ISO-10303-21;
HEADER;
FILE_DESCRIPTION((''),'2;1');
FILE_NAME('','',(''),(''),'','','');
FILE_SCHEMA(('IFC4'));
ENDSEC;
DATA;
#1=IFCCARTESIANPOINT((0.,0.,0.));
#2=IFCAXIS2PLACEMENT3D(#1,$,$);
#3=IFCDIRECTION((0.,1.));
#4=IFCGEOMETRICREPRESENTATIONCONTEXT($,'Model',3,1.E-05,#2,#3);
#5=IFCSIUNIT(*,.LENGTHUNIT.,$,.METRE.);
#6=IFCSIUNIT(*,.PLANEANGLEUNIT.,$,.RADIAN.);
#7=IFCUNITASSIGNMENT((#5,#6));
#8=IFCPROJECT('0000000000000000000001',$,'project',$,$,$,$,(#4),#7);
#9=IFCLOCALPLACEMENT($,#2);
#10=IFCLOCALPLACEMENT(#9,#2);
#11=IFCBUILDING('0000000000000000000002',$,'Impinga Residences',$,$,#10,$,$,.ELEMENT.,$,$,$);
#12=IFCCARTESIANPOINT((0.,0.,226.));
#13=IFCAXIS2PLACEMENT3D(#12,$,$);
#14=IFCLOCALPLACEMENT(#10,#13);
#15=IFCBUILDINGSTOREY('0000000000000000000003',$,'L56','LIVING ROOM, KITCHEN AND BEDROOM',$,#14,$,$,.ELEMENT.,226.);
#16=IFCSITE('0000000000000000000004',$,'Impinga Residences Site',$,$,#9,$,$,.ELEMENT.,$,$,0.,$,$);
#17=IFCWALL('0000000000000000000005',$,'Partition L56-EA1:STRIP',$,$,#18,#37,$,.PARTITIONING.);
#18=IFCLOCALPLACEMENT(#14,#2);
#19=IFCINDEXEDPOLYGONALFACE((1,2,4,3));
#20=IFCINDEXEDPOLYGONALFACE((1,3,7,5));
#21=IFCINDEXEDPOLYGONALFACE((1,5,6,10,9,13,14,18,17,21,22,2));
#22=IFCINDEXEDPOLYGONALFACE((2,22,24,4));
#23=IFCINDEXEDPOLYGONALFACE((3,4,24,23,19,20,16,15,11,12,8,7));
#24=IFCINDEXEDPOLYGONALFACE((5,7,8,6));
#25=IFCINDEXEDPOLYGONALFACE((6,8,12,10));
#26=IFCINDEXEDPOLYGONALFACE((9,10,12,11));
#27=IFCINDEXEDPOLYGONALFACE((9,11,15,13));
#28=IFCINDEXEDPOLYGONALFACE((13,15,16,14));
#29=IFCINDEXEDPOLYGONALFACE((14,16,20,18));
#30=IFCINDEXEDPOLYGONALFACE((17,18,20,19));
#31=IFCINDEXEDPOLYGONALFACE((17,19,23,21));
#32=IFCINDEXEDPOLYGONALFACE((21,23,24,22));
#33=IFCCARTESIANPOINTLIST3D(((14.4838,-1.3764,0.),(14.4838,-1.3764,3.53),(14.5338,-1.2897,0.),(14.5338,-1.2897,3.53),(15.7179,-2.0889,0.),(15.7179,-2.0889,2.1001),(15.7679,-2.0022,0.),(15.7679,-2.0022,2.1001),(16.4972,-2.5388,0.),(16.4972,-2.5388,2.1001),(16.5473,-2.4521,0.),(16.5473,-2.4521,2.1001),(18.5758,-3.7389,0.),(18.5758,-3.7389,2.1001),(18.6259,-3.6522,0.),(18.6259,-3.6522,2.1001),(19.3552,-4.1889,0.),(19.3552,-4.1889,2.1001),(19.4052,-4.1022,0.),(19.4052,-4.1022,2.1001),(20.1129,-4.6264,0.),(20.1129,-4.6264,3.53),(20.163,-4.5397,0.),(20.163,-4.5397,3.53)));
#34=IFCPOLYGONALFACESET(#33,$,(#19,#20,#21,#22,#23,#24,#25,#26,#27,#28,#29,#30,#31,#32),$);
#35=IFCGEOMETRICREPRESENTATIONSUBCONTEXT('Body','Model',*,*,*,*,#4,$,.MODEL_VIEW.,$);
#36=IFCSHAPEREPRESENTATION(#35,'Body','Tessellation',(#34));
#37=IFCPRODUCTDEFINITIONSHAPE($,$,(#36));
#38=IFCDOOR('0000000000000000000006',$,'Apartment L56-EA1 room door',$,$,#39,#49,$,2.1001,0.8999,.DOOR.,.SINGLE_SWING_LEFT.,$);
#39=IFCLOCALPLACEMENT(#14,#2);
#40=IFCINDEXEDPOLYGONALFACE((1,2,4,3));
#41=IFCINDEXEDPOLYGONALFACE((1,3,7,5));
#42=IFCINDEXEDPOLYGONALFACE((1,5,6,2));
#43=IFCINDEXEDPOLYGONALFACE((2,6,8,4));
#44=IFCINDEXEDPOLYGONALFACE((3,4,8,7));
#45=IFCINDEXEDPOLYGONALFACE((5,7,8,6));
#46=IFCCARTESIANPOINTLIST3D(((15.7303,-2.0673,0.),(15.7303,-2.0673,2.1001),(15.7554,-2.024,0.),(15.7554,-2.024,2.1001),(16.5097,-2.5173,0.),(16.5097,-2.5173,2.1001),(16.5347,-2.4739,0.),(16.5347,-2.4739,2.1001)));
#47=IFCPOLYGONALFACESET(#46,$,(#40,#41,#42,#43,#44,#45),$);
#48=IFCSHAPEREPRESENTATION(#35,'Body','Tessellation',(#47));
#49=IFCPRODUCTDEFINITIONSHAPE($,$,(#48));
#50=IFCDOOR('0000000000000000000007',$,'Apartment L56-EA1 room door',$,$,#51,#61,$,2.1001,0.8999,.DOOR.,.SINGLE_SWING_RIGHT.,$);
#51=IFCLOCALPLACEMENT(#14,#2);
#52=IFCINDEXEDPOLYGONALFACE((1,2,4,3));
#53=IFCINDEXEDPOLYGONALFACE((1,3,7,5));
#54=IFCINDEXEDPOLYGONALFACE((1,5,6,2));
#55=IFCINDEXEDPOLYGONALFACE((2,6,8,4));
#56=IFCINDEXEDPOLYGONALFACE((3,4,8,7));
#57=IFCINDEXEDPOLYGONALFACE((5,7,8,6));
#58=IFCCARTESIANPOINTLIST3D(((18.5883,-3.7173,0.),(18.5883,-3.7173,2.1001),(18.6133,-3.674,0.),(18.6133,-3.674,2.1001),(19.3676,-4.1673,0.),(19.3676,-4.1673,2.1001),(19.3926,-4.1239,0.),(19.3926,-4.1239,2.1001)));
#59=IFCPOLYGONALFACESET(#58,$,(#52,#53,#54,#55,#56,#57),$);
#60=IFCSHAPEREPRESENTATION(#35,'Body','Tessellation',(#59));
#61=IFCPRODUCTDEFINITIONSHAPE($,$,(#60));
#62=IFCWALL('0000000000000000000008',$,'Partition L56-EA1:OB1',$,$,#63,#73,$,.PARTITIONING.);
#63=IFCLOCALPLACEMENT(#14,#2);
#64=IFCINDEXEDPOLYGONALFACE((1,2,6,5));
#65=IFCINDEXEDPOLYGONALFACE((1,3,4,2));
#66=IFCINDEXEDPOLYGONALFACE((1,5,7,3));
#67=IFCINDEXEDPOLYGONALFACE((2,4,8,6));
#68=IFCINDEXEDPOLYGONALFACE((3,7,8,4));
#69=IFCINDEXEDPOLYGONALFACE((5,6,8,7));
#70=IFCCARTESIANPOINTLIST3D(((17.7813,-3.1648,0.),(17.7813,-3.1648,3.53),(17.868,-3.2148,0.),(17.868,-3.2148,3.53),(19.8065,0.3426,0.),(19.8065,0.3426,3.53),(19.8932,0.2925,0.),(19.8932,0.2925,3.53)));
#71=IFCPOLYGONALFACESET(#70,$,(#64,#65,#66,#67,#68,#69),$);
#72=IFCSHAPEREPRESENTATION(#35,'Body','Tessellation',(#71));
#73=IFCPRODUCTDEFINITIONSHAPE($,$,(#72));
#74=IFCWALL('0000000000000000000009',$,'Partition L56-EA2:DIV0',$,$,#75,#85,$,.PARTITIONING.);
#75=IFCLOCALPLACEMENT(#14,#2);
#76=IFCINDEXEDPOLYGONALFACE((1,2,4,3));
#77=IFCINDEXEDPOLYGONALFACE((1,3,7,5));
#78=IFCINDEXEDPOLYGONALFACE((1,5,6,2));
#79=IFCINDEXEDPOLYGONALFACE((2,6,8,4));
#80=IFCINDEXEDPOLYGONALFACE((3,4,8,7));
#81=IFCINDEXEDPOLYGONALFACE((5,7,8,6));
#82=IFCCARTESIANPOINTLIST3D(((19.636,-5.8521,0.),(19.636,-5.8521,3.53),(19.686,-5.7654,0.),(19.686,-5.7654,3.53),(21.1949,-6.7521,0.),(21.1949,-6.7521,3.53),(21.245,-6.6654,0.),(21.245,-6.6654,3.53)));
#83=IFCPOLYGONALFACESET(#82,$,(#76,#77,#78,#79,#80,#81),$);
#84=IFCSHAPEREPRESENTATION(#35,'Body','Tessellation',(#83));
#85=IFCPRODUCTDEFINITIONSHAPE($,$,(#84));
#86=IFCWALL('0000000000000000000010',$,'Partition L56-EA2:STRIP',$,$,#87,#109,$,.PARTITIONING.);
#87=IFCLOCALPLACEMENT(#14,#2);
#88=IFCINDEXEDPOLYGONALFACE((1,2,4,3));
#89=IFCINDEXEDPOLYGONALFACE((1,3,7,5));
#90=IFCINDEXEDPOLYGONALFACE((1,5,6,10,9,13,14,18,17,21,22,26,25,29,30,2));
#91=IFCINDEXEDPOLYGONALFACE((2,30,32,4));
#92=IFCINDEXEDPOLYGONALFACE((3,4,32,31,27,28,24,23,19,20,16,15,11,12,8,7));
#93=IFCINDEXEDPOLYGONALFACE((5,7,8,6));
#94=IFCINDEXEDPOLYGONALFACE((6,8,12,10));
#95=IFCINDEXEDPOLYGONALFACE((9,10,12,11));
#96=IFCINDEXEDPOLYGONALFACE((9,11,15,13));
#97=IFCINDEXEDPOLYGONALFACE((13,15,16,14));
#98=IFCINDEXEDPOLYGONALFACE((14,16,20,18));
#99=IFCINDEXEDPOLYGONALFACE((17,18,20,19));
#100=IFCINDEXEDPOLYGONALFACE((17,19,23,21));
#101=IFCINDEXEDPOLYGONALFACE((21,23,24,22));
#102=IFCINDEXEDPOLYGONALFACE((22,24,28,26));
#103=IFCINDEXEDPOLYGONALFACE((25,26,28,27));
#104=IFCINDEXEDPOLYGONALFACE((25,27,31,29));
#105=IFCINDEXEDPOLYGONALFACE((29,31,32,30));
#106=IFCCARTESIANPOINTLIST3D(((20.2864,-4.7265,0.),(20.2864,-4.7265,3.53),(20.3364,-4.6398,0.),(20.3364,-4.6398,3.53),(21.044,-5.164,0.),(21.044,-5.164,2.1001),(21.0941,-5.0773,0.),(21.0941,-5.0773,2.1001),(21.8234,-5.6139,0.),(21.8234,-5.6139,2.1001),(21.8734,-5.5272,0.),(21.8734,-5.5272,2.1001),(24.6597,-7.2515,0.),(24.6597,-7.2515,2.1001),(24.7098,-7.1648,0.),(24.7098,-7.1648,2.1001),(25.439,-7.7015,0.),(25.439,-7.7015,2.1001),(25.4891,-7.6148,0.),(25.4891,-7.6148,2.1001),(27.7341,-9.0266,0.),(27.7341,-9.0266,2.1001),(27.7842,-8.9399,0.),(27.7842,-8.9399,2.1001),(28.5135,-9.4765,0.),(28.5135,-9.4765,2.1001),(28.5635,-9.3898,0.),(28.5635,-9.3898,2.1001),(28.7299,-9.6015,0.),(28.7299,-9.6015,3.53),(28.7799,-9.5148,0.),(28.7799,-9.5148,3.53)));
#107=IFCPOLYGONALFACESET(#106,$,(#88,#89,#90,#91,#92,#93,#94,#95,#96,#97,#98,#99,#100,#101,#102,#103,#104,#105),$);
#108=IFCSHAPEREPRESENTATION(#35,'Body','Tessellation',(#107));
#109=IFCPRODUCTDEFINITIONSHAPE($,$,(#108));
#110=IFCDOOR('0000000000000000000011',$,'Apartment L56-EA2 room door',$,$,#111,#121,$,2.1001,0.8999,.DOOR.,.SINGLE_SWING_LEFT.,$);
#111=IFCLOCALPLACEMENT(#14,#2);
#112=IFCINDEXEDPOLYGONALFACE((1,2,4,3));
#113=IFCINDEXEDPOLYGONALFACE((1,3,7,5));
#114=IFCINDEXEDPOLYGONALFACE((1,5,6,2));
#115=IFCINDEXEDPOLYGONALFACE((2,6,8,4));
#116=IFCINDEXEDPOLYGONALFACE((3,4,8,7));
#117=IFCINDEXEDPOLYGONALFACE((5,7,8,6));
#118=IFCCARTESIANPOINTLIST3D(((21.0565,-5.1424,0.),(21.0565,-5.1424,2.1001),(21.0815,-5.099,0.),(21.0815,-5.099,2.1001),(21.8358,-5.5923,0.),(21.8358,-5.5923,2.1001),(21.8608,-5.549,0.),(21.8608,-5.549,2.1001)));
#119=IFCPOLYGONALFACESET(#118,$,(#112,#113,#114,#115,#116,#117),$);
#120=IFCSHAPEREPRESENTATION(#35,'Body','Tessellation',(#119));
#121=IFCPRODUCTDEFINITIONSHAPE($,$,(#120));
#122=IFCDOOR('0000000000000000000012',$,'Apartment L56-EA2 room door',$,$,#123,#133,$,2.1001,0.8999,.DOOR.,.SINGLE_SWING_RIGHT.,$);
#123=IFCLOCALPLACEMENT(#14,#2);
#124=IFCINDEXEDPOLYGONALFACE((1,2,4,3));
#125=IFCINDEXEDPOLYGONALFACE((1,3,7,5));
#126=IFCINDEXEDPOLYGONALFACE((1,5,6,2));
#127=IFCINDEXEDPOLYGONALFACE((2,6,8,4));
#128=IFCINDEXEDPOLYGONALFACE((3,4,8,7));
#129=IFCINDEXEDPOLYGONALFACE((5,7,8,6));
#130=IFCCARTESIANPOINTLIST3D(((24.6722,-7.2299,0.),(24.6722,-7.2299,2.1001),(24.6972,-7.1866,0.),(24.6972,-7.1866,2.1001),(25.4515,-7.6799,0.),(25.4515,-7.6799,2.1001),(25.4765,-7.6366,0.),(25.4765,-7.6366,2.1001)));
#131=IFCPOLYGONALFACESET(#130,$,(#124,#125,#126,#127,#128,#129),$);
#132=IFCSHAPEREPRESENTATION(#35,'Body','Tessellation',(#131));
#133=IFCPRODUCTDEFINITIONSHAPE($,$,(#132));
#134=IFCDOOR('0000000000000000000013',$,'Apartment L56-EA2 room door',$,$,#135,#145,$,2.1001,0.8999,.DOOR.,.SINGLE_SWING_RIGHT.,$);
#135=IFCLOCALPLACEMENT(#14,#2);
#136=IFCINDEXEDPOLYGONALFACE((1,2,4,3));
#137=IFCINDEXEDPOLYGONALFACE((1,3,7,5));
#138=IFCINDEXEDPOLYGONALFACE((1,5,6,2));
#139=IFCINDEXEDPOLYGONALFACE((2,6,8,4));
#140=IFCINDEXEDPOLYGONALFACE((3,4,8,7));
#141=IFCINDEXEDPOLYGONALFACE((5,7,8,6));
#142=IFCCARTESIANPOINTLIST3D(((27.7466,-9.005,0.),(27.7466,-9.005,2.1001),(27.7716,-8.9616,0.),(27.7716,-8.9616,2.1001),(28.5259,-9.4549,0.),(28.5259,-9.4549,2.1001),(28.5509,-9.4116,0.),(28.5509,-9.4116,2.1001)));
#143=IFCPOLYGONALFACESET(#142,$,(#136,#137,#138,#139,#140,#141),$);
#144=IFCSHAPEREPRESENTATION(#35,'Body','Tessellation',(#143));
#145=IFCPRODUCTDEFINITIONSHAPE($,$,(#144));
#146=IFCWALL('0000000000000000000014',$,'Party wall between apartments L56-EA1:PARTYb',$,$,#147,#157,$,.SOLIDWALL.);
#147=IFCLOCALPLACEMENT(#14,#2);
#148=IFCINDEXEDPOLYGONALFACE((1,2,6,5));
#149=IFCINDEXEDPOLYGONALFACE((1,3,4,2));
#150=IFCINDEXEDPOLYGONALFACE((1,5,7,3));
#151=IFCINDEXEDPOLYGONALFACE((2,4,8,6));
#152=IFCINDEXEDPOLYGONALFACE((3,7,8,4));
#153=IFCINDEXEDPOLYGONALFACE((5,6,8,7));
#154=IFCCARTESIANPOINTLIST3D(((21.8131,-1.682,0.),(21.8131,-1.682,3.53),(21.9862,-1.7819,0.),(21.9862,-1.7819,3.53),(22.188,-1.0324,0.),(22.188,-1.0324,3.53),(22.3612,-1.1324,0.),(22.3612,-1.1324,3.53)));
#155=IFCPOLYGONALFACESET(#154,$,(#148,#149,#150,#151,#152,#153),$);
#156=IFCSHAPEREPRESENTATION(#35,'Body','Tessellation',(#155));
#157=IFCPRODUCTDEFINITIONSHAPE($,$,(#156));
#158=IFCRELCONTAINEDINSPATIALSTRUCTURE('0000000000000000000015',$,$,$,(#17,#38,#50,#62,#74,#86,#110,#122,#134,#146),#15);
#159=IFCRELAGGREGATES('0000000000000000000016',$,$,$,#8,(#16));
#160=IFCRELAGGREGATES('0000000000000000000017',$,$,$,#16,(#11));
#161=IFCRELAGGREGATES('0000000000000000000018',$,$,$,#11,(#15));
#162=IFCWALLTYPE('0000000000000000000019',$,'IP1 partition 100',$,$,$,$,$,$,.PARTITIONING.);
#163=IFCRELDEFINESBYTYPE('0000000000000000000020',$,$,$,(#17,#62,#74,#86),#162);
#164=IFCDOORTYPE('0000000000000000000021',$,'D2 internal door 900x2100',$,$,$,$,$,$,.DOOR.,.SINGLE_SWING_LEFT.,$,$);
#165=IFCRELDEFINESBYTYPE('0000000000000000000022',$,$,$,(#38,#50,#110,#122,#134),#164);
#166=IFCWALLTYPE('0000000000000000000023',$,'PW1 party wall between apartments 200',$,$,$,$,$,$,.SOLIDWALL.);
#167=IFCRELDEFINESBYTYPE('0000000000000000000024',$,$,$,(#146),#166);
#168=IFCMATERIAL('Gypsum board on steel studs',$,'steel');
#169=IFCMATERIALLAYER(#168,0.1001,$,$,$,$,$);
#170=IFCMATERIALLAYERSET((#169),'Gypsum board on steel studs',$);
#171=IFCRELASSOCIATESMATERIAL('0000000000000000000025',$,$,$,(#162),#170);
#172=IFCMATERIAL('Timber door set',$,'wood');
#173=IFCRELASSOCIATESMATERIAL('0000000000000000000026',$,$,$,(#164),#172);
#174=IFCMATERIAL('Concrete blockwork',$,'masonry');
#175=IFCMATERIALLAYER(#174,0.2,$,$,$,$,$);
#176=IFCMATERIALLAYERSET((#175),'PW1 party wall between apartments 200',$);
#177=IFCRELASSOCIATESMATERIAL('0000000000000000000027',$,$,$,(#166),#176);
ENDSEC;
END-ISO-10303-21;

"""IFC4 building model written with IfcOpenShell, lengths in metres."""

from ifc_helpers import new_model, si_unit, direction, frame, frame_2d, origin, place, context, subcontext, project, spatial, rectangle, extrude, material, layer, layer_set, type_object, element, fill, save


model = new_model("IFC4")

# Units and contexts
model_context = context("Model", 3, precision=1e-05, world=origin(), true_north=direction((0.0, 1.0)))
body_context = subcontext(model_context, "Body", "Model", "MODEL_VIEW")
ifc_project = project(units=[si_unit("LENGTHUNIT", "METRE"), si_unit("PLANEANGLEUNIT", "RADIAN")], contexts=[model_context])

# Site, building, storey
site_placement = place(None, origin())
site = spatial("IfcSite", under=ifc_project, at=site_placement, Name="Impinga Residences Site", CompositionType="ELEMENT", RefElevation=0.0)
building_placement = place(site_placement, origin())
building = spatial("IfcBuilding", under=site, at=building_placement, Name="Impinga Residences", CompositionType="ELEMENT")
storey_placement = place(building_placement, frame((0.0, 0.0, 226.0)))
storey = spatial("IfcBuildingStorey", under=building, at=storey_placement, Name="L56", Description="LIVING ROOM, KITCHEN AND BEDROOM", CompositionType="ELEMENT", Elevation=226.0)

# Shared definitions
ifc_material_1 = material(Name="Gypsum board on steel studs", Category="steel")
ifc_layer_1 = layer(ifc_material_1, 0.1001)
ifc_layer_set_1 = layer_set([ifc_layer_1], Name="Gypsum board on steel studs")
wall_type_1 = type_object("IfcWallType", Name="IP1 partition 100", PredefinedType="PARTITIONING", material=ifc_layer_set_1)

# Wall, openings, doors
wall_1_placement = place(storey_placement, frame((14.5088, -1.333, 0.0), z_axis=(0.0, 0.0, 1.0), x_axis=(0.866025, -0.500001, 0.0)))
wall_1 = element("IfcWall", 1, at=wall_1_placement, inside=storey, type_object=wall_type_1, Name="Partition L56-EA1:STRIP", PredefinedType="PARTITIONING", context=body_context, shape_type="SweptSolid", body=[
    extrude(rectangle(XDim=6.5, YDim=0.1001, at=frame_2d((3.25, 0.0))), origin(), (0.0, 0.0, 1.0), 3.53),
])
opening_1_placement = place(wall_1_placement, frame((1.425, 0.0, 0.0)))
opening_1 = element("IfcOpeningElement", 2, at=opening_1_placement, cuts=wall_1, PredefinedType="OPENING", context=body_context, shape_type="SweptSolid", body=[
    extrude(rectangle(XDim=0.8999, YDim=2.1001, at=frame_2d((0.45, 1.05))), frame((0.0, 0.0601, 0.0), z_axis=(0.0, -1.0, 0.0), x_axis=(1.0, 0.0, 0.0)), (0.0, 0.0, 1.0), 0.1201),
])
opening_2_placement = place(wall_1_placement, frame((4.7251, 0.0, 0.0)))
opening_2 = element("IfcOpeningElement", 3, at=opening_2_placement, cuts=wall_1, PredefinedType="OPENING", context=body_context, shape_type="SweptSolid", body=[
    extrude(rectangle(XDim=0.8999, YDim=2.1001, at=frame_2d((0.45, 1.05))), frame((0.0, 0.0601, 0.0), z_axis=(0.0, -1.0, 0.0), x_axis=(1.0, 0.0, 0.0)), (0.0, 0.0, 1.0), 0.1201),
])
ifc_material_2 = material(Name="Timber door set", Category="wood")
door_type = type_object("IfcDoorType", Name="D2 internal door 900x2100", OperationType="SINGLE_SWING_LEFT", PredefinedType="DOOR", material=ifc_material_2)
door_1_placement = place(opening_1_placement, origin())
door_1 = element("IfcDoor", 4, at=door_1_placement, inside=storey, type_object=door_type, Name="Apartment L56-EA1 room door", OperationType="SINGLE_SWING_LEFT", OverallHeight=2.1001, OverallWidth=0.8999, PredefinedType="DOOR", context=body_context, shape_type="SweptSolid", body=[
    extrude(rectangle(XDim=0.8999, YDim=2.1001, at=frame_2d((0.45, 1.05))), frame((0.0, 0.0249, 0.0), z_axis=(0.0, -1.0, 0.0), x_axis=(1.0, 0.0, 0.0)), (0.0, 0.0, 1.0), 0.05),
])
fill(opening_1, door_1)
door_2_placement = place(opening_2_placement, origin())
door_2 = element("IfcDoor", 5, at=door_2_placement, inside=storey, type_object=door_type, Name="Apartment L56-EA1 room door", OperationType="SINGLE_SWING_RIGHT", OverallHeight=2.1001, OverallWidth=0.8999, PredefinedType="DOOR", context=body_context, shape_type="SweptSolid", body=[
    extrude(rectangle(XDim=0.8999, YDim=2.1001, at=frame_2d((0.45, 1.05))), frame((0.0, 0.0249, 0.0), z_axis=(0.0, -1.0, 0.0), x_axis=(1.0, 0.0, 0.0)), (0.0, 0.0, 1.0), 0.05),
])
fill(opening_2, door_2)

# Walls
wall_2_placement = place(storey_placement, frame((17.8247, -3.1897, 0.0), z_axis=(0.0, 0.0, 1.0), x_axis=(0.500036, 0.866005, 0.0)))
element("IfcWall", 6, at=wall_2_placement, inside=storey, type_object=wall_type_1, Name="Partition L56-EA1:OB1", PredefinedType="PARTITIONING", context=body_context, shape_type="SweptSolid", body=[
    extrude(rectangle(XDim=4.05, YDim=0.1001, at=frame_2d((2.0249, 0.0))), origin(), (0.0, 0.0, 1.0), 3.53),
])
wall_3_placement = place(storey_placement, frame((19.6611, -5.8088, 0.0), z_axis=(0.0, 0.0, 1.0), x_axis=(0.866048, -0.499961, 0.0)))
element("IfcWall", 7, at=wall_3_placement, inside=storey, type_object=wall_type_1, Name="Partition L56-EA2:DIV0", PredefinedType="PARTITIONING", context=body_context, shape_type="SweptSolid", body=[
    extrude(rectangle(XDim=1.8, YDim=0.1001, at=frame_2d((0.8999, 0.0))), origin(), (0.0, 0.0, 1.0), 3.53),
])

# Wall, openings, doors
wall_4_placement = place(storey_placement, frame((20.3113, -4.6831, 0.0), z_axis=(0.0, 0.0, 1.0), x_axis=(0.866022, -0.500006, 0.0)))
wall_4 = element("IfcWall", 8, at=wall_4_placement, inside=storey, type_object=wall_type_1, Name="Partition L56-EA2:STRIP", PredefinedType="PARTITIONING", context=body_context, shape_type="SweptSolid", body=[
    extrude(rectangle(XDim=9.7498, YDim=0.1001, at=frame_2d((4.875, 0.0))), origin(), (0.0, 0.0, 1.0), 3.53),
])
opening_3_placement = place(wall_4_placement, frame((0.875, 0.0, 0.0)))
opening_3 = element("IfcOpeningElement", 9, at=opening_3_placement, cuts=wall_4, PredefinedType="OPENING", context=body_context, shape_type="SweptSolid", body=[
    extrude(rectangle(XDim=0.8999, YDim=2.1001, at=frame_2d((0.45, 1.05))), frame((0.0, 0.0601, 0.0), z_axis=(0.0, -1.0, 0.0), x_axis=(1.0, 0.0, 0.0)), (0.0, 0.0, 1.0), 0.1201),
])
opening_4_placement = place(wall_4_placement, frame((5.05, 0.0, 0.0)))
opening_4 = element("IfcOpeningElement", 10, at=opening_4_placement, cuts=wall_4, PredefinedType="OPENING", context=body_context, shape_type="SweptSolid", body=[
    extrude(rectangle(XDim=0.8999, YDim=2.1001, at=frame_2d((0.45, 1.05))), frame((0.0, 0.0601, 0.0), z_axis=(0.0, -1.0, 0.0), x_axis=(1.0, 0.0, 0.0)), (0.0, 0.0, 1.0), 0.1201),
])
opening_5_placement = place(wall_4_placement, frame((8.6001, 0.0, 0.0)))
opening_5 = element("IfcOpeningElement", 11, at=opening_5_placement, cuts=wall_4, PredefinedType="OPENING", context=body_context, shape_type="SweptSolid", body=[
    extrude(rectangle(XDim=0.8999, YDim=2.1001, at=frame_2d((0.45, 1.05))), frame((0.0, 0.0601, 0.0), z_axis=(0.0, -1.0, 0.0), x_axis=(1.0, 0.0, 0.0)), (0.0, 0.0, 1.0), 0.1201),
])
door_3_placement = place(opening_3_placement, origin())
door_3 = element("IfcDoor", 12, at=door_3_placement, inside=storey, type_object=door_type, Name="Apartment L56-EA2 room door", OperationType="SINGLE_SWING_LEFT", OverallHeight=2.1001, OverallWidth=0.8999, PredefinedType="DOOR", context=body_context, shape_type="SweptSolid", body=[
    extrude(rectangle(XDim=0.8999, YDim=2.1001, at=frame_2d((0.45, 1.05))), frame((0.0, 0.0249, 0.0), z_axis=(0.0, -1.0, 0.0), x_axis=(1.0, 0.0, 0.0)), (0.0, 0.0, 1.0), 0.05),
])
fill(opening_3, door_3)
door_4_placement = place(opening_4_placement, origin())
door_4 = element("IfcDoor", 13, at=door_4_placement, inside=storey, type_object=door_type, Name="Apartment L56-EA2 room door", OperationType="SINGLE_SWING_RIGHT", OverallHeight=2.1001, OverallWidth=0.8999, PredefinedType="DOOR", context=body_context, shape_type="SweptSolid", body=[
    extrude(rectangle(XDim=0.8999, YDim=2.1001, at=frame_2d((0.45, 1.05))), frame((0.0, 0.0249, 0.0), z_axis=(0.0, -1.0, 0.0), x_axis=(1.0, 0.0, 0.0)), (0.0, 0.0, 1.0), 0.05),
])
fill(opening_4, door_4)
door_5_placement = place(opening_5_placement, origin())
door_5 = element("IfcDoor", 14, at=door_5_placement, inside=storey, type_object=door_type, Name="Apartment L56-EA2 room door", OperationType="SINGLE_SWING_RIGHT", OverallHeight=2.1001, OverallWidth=0.8999, PredefinedType="DOOR", context=body_context, shape_type="SweptSolid", body=[
    extrude(rectangle(XDim=0.8999, YDim=2.1001, at=frame_2d((0.45, 1.05))), frame((0.0, 0.0249, 0.0), z_axis=(0.0, -1.0, 0.0), x_axis=(1.0, 0.0, 0.0)), (0.0, 0.0, 1.0), 0.05),
])
fill(opening_5, door_5)

# Wall
ifc_material_3 = material(Name="Concrete blockwork", Category="masonry")
ifc_layer_2 = layer(ifc_material_3, 0.2)
ifc_layer_set_2 = layer_set([ifc_layer_2], Name="PW1 party wall between apartments 200")
wall_type_2 = type_object("IfcWallType", Name="PW1 party wall between apartments 200", PredefinedType="SOLIDWALL", material=ifc_layer_set_2)
wall_5_placement = place(storey_placement, frame((21.8997, -1.7319, 0.0), z_axis=(0.0, 0.0, 1.0), x_axis=(0.49992, 0.866072, 0.0)))
element("IfcWall", 15, at=wall_5_placement, inside=storey, type_object=wall_type_2, Name="Party wall between apartments L56-EA1:PARTYb", PredefinedType="SOLIDWALL", context=body_context, shape_type="SweptSolid", body=[
    extrude(rectangle(XDim=0.75, YDim=0.2, at=frame_2d((0.375, 0.0))), origin(), (0.0, 0.0, 1.0), 3.53),
])

save(model, "model.ifc")
